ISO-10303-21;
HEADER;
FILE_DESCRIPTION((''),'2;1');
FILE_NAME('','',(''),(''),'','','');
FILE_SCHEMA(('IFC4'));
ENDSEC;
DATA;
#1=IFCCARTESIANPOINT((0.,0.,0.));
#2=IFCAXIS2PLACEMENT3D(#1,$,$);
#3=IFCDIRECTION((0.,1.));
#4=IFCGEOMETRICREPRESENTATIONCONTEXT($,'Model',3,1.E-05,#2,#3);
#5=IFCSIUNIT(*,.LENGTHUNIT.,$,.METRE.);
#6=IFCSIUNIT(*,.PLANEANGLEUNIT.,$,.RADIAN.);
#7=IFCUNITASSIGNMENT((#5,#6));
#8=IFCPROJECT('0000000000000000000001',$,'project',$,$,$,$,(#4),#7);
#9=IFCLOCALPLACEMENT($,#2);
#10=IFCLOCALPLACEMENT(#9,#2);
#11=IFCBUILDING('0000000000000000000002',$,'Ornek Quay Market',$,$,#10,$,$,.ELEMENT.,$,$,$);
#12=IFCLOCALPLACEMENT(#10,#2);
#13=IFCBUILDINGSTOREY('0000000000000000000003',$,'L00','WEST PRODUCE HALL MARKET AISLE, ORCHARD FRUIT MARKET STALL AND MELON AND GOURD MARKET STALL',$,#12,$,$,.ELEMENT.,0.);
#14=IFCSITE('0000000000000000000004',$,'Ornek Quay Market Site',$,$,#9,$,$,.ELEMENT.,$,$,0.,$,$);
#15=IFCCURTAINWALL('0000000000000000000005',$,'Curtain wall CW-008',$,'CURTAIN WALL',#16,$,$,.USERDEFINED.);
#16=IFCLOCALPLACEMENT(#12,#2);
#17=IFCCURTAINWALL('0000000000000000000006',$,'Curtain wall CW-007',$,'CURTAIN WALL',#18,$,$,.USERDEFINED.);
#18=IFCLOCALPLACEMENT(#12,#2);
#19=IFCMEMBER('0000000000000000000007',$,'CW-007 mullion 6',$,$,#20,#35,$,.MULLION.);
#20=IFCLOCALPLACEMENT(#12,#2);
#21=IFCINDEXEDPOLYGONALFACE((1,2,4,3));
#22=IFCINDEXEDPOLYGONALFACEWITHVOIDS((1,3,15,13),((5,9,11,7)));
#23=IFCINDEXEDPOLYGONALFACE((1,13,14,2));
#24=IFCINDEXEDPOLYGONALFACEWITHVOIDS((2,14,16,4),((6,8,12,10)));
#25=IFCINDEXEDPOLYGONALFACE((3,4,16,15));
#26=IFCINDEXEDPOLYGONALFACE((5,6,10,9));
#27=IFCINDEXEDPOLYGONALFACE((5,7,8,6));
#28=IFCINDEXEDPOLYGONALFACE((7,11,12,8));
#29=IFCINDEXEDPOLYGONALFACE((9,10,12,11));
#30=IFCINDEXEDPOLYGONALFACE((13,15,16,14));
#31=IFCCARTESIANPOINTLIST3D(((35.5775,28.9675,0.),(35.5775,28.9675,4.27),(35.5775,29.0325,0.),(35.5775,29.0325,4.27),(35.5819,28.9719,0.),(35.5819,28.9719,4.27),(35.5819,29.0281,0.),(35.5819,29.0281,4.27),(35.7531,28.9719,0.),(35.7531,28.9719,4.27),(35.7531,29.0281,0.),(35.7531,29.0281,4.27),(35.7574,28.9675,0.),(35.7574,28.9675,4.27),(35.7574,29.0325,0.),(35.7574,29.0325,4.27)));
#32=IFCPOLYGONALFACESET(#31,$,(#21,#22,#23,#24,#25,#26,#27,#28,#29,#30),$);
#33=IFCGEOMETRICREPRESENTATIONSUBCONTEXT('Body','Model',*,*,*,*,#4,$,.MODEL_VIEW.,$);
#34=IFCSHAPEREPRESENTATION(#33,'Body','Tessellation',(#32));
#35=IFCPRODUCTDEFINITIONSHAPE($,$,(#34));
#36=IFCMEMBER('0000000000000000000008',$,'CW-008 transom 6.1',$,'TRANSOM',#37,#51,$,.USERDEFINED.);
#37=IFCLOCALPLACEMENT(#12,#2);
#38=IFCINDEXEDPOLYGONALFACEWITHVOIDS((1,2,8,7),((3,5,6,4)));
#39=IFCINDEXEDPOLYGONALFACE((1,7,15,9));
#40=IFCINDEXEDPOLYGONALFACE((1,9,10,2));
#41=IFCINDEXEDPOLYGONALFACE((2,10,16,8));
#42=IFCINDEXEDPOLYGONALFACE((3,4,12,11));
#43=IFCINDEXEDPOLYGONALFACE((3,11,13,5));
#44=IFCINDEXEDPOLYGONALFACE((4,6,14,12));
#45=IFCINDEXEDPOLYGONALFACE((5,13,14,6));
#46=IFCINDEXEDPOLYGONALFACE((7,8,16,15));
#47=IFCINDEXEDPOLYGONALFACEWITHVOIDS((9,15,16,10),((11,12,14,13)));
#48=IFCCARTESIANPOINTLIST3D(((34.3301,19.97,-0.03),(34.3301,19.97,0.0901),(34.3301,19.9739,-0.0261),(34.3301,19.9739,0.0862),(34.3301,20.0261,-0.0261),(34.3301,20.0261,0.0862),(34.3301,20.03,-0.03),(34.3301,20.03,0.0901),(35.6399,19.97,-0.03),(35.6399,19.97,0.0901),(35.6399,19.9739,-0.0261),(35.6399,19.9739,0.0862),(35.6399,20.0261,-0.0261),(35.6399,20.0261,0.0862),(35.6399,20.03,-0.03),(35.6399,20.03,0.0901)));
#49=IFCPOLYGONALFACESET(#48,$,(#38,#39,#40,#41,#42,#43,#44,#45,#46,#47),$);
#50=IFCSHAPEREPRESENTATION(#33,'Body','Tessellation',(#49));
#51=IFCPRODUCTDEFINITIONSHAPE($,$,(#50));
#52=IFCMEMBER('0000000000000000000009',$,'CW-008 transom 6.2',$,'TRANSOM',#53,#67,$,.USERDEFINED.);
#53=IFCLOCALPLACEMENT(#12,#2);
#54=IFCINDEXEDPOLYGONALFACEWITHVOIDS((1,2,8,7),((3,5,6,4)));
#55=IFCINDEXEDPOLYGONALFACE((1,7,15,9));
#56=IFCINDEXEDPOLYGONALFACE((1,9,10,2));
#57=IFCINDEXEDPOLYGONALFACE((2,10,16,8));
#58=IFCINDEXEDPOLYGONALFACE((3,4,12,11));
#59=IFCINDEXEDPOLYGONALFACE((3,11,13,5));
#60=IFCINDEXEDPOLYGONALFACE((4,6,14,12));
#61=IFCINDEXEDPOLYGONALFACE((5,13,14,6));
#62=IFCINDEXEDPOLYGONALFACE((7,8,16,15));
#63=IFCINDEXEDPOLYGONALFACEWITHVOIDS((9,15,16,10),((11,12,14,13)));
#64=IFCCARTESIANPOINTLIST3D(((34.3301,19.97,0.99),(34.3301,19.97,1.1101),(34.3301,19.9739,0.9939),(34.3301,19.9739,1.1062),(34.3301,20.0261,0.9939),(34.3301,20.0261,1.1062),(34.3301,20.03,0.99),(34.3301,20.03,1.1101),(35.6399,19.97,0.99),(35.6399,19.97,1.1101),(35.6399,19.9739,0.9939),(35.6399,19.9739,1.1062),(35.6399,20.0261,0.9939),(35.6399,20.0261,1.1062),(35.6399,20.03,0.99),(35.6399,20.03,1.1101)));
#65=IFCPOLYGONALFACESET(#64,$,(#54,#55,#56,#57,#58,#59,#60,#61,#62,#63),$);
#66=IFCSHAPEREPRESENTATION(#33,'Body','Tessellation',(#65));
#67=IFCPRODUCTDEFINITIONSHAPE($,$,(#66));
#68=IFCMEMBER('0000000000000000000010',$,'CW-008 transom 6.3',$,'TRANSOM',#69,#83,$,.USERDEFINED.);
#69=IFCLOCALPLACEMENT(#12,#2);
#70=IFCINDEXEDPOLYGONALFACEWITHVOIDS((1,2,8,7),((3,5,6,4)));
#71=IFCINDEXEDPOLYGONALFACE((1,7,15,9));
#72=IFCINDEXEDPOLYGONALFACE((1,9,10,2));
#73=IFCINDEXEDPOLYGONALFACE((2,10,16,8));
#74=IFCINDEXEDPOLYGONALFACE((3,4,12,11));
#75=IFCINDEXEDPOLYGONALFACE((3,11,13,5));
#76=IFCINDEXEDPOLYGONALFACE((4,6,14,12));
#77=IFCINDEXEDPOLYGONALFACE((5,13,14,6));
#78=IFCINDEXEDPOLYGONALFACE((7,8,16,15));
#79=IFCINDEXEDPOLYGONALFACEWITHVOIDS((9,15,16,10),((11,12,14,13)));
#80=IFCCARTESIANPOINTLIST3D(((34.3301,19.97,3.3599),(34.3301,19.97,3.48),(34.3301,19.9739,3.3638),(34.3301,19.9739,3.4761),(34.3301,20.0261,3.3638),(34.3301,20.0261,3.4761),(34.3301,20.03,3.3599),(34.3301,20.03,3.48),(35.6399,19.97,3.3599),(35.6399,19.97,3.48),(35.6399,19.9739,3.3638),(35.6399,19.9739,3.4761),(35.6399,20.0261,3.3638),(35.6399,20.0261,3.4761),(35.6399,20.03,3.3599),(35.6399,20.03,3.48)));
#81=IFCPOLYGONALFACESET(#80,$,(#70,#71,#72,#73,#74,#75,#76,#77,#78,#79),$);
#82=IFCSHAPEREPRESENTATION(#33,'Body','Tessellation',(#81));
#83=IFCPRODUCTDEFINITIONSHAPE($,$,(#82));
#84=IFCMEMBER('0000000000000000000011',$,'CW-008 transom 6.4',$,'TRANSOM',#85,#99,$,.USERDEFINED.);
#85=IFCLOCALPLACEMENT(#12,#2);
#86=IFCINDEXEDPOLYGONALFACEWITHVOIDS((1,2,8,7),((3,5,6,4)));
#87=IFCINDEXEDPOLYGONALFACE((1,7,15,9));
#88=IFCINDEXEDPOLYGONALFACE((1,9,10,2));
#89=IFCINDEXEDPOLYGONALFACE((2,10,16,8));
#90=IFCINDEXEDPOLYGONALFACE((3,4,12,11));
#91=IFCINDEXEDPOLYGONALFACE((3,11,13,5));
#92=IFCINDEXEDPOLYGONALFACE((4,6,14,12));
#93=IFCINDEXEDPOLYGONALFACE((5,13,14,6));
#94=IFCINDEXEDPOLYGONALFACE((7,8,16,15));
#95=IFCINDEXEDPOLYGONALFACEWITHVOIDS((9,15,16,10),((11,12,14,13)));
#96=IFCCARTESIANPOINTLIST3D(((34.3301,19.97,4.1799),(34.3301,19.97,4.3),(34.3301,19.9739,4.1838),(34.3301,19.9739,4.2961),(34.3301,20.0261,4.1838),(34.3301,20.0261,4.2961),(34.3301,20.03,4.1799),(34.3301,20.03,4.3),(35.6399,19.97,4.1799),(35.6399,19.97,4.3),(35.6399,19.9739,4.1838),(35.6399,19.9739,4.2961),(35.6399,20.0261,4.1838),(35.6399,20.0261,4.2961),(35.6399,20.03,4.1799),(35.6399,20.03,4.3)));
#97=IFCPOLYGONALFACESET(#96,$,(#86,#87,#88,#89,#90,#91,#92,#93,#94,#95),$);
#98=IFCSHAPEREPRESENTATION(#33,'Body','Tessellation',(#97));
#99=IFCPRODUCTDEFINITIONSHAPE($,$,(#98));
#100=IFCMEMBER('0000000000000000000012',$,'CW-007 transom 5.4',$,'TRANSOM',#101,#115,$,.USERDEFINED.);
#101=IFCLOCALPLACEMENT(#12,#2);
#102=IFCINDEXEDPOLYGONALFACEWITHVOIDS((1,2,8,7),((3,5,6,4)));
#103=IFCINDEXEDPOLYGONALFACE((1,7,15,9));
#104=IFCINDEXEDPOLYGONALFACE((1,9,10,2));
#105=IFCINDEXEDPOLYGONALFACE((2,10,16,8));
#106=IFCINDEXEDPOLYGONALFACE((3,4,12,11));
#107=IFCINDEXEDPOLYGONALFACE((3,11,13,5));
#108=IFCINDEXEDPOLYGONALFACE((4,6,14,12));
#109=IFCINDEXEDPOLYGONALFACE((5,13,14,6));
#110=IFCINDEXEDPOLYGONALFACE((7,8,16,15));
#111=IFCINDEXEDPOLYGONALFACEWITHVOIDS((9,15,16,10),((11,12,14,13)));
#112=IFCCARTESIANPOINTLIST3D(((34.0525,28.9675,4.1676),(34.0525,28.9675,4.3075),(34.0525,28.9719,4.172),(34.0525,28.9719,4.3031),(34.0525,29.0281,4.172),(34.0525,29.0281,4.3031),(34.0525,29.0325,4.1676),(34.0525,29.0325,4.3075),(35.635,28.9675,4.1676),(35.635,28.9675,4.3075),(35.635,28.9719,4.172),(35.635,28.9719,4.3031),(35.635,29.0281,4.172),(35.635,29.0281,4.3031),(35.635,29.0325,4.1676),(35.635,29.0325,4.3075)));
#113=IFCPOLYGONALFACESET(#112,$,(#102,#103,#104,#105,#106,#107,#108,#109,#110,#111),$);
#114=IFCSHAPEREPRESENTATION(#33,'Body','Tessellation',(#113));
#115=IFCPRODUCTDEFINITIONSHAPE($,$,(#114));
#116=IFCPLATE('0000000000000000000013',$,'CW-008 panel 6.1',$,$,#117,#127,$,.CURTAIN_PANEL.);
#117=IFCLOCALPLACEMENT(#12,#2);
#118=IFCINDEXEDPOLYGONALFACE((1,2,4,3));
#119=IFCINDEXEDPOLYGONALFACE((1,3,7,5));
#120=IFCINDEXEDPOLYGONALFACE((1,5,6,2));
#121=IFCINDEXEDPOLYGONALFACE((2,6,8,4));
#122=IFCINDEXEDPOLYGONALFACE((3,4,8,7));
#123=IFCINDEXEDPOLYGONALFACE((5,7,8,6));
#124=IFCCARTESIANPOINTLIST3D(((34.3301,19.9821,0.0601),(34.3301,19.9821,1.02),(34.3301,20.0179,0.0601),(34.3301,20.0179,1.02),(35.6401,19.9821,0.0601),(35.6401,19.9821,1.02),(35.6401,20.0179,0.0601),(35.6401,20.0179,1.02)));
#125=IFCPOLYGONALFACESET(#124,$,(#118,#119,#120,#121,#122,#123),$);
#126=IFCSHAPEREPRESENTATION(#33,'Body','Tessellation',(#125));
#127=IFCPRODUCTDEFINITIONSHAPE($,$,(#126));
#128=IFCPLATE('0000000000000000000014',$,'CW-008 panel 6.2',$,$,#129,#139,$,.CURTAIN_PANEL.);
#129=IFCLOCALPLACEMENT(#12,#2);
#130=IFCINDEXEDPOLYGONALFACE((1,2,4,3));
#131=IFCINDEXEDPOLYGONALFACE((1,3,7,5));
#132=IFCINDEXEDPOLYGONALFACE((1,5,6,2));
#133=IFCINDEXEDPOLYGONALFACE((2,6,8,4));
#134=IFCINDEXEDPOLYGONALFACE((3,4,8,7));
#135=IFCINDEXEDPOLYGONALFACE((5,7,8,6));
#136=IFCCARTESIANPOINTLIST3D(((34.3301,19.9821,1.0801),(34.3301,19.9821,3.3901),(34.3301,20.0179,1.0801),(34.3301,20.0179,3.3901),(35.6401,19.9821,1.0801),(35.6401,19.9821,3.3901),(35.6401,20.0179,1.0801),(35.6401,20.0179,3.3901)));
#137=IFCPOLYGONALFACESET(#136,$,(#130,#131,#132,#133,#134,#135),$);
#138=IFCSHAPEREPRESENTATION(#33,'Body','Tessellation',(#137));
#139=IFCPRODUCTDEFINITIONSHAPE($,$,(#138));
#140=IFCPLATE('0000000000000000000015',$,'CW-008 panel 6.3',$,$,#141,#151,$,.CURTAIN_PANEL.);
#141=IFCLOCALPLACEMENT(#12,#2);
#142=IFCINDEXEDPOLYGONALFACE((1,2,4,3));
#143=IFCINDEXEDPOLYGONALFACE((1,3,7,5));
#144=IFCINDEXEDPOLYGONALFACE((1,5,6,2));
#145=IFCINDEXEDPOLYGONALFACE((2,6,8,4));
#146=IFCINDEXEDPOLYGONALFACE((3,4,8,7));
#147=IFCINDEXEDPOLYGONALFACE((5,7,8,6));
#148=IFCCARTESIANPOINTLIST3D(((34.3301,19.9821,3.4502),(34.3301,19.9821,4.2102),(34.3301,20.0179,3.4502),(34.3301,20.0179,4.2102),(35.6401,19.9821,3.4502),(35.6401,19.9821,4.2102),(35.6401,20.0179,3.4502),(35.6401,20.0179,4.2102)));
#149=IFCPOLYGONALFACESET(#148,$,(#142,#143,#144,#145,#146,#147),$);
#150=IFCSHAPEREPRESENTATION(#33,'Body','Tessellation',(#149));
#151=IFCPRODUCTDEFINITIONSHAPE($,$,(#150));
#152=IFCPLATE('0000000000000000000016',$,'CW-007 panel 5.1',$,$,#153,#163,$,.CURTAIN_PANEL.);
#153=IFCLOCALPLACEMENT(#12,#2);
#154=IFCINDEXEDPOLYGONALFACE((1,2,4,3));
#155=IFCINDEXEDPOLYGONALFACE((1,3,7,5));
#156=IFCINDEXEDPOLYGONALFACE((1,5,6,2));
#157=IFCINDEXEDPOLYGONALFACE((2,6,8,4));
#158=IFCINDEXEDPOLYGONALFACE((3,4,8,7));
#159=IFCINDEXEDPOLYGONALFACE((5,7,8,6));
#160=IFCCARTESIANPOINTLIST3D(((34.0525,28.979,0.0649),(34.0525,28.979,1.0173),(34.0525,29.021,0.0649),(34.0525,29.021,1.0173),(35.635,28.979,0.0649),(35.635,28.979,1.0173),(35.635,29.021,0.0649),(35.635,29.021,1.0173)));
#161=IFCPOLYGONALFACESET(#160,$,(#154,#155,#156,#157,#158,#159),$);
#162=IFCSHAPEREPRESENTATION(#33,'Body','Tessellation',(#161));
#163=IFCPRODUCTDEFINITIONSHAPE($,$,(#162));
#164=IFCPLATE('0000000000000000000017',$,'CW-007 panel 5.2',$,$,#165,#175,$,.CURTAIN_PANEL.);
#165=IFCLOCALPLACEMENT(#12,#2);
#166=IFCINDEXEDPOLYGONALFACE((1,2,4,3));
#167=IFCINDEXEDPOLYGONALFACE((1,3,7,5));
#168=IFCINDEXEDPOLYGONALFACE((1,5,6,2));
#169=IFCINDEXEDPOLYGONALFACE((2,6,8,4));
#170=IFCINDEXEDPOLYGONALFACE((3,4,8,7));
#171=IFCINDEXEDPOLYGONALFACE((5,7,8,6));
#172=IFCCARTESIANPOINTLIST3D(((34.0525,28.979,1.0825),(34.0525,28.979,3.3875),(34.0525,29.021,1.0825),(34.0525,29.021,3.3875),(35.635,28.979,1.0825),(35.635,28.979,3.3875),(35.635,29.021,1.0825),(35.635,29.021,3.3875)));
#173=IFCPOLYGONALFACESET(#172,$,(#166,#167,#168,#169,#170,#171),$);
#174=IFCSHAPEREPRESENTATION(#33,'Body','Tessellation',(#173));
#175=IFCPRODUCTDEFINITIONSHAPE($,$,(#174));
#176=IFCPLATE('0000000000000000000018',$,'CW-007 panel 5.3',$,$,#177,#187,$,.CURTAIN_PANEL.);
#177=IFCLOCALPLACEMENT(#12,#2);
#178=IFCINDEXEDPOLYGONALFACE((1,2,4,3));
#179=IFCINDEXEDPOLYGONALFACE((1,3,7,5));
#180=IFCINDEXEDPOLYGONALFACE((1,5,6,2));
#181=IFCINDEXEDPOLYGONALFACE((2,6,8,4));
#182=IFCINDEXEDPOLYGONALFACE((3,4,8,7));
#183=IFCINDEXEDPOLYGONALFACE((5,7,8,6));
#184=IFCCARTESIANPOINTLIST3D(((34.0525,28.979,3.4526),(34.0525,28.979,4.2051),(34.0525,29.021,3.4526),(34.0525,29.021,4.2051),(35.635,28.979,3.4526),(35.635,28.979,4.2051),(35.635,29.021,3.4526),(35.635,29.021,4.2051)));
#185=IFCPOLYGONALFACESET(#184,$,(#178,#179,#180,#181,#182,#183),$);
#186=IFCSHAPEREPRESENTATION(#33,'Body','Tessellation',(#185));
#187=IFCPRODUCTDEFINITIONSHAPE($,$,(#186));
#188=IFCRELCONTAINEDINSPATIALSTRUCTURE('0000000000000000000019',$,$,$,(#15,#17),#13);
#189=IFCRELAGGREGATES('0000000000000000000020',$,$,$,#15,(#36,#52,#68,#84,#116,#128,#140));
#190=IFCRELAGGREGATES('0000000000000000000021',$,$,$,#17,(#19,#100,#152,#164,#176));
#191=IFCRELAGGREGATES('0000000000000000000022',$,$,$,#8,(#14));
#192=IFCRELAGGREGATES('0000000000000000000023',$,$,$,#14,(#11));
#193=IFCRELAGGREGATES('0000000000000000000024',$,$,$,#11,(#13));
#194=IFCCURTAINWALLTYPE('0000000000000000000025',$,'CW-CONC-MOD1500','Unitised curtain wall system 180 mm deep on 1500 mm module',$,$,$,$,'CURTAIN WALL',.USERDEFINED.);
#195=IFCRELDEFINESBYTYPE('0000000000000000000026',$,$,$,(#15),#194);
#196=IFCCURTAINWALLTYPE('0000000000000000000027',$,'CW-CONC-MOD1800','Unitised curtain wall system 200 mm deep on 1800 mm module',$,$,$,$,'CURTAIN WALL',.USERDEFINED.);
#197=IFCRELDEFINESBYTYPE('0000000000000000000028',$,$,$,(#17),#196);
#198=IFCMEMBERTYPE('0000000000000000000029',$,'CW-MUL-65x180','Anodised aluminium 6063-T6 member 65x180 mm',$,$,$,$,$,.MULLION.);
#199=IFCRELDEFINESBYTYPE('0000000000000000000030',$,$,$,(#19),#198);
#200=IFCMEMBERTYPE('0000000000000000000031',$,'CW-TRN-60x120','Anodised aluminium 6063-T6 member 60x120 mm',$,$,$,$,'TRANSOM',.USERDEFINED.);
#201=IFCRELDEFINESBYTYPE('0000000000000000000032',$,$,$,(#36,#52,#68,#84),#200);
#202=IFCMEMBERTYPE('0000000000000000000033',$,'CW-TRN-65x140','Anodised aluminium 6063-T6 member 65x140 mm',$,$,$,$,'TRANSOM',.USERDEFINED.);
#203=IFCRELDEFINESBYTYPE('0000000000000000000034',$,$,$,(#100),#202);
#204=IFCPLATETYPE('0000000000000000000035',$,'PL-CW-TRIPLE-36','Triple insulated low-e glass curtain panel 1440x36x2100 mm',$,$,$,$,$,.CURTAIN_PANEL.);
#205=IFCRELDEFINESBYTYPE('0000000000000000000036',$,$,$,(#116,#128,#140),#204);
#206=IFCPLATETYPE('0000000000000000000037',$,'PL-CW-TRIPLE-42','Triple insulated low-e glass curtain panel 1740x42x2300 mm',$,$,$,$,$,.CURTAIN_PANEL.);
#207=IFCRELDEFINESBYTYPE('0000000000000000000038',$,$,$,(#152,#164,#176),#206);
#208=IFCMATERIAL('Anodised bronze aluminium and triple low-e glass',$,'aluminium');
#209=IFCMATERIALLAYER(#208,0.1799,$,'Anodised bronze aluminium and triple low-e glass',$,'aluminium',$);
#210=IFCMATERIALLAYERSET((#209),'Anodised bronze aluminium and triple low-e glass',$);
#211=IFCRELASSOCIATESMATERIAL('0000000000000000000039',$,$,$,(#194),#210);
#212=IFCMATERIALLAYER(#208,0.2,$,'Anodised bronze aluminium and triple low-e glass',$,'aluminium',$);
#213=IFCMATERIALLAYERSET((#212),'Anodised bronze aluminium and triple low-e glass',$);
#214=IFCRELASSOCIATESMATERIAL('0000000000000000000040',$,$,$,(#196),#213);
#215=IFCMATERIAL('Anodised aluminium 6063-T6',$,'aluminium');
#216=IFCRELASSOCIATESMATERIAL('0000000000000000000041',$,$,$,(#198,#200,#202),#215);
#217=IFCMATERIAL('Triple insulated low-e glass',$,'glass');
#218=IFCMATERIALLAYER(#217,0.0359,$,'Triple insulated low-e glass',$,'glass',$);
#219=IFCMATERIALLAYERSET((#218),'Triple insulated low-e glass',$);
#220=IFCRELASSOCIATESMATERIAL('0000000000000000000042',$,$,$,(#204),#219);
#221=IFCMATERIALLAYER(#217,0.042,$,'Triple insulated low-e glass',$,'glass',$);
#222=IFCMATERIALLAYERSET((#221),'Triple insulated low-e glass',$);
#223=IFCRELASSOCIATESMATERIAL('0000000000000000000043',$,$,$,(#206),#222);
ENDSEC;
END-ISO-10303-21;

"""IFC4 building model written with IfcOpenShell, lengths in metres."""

from ifc_helpers import new_model, si_unit, direction, frame, origin, origin_2d, place, context, subcontext, project, spatial, rectangle, hollow_rectangle, extrude, material, layer, layer_set, material_profile, profile_set, type_object, element, aggregate, save


model = new_model("IFC4")

# Units and contexts
model_context = context("Model", 3, precision=1e-05, world=origin(), true_north=direction((0.0, 1.0)))
body_context = subcontext(model_context, "Body", "Model", "MODEL_VIEW")
ifc_project = project(units=[si_unit("LENGTHUNIT", "METRE"), si_unit("PLANEANGLEUNIT", "RADIAN")], contexts=[model_context])

# Site, building, storey
site_placement = place(None, origin())
site = spatial("IfcSite", under=ifc_project, at=site_placement, Name="Ornek Quay Market Site", CompositionType="ELEMENT", RefElevation=0.0)
building_placement = place(site_placement, origin())
building = spatial("IfcBuilding", under=site, at=building_placement, Name="Ornek Quay Market", CompositionType="ELEMENT")
storey_placement = place(building_placement, origin())
storey = spatial("IfcBuildingStorey", under=building, at=storey_placement, Name="L00", Description="WEST PRODUCE HALL MARKET AISLE, ORCHARD FRUIT MARKET STALL AND MELON AND GOURD MARKET STALL", CompositionType="ELEMENT", Elevation=0.0)

# Curtain wall
ifc_material_1 = material(Name="Anodised bronze aluminium and triple low-e glass", Category="aluminium")
ifc_layer_1 = layer(ifc_material_1, 0.1799, Name="Anodised bronze aluminium and triple low-e glass", Category="aluminium")
ifc_layer_set_1 = layer_set([ifc_layer_1], Name="Anodised bronze aluminium and triple low-e glass")
curtain_wall_type_1 = type_object("IfcCurtainWallType", Name="CW-CONC-MOD1500", Description="Unitised curtain wall system 180 mm deep on 1500 mm module", ElementType="CURTAIN WALL", PredefinedType="USERDEFINED", material=ifc_layer_set_1)
curtain_wall_1_placement = place(storey_placement, origin())
curtain_wall_1 = element("IfcCurtainWall", 1, at=curtain_wall_1_placement, inside=storey, type_object=curtain_wall_type_1, Name="Curtain wall CW-008", ObjectType="CURTAIN WALL", PredefinedType="USERDEFINED")
ifc_material_2 = material(Name="Anodised aluminium 6063-T6", Category="aluminium")

# Curtain wall, member
ifc_layer_2 = layer(ifc_material_1, 0.2, Name="Anodised bronze aluminium and triple low-e glass", Category="aluminium")
ifc_layer_set_2 = layer_set([ifc_layer_2], Name="Anodised bronze aluminium and triple low-e glass")
curtain_wall_type_2 = type_object("IfcCurtainWallType", Name="CW-CONC-MOD1800", Description="Unitised curtain wall system 200 mm deep on 1800 mm module", ElementType="CURTAIN WALL", PredefinedType="USERDEFINED", material=ifc_layer_set_2)
curtain_wall_2_placement = place(storey_placement, origin())
curtain_wall_2 = element("IfcCurtainWall", 2, at=curtain_wall_2_placement, inside=storey, type_object=curtain_wall_type_2, Name="Curtain wall CW-007", ObjectType="CURTAIN WALL", PredefinedType="USERDEFINED")
ifc_material_profile_1 = material_profile(ifc_material_2, hollow_rectangle(XDim=0.0649, YDim=0.1799, WallThickness=0.0044, at=origin_2d()), Name="CW-MUL-65x180", Category="aluminium")
ifc_profile_set_1 = profile_set([ifc_material_profile_1], Name="Anodised aluminium 6063-T6")
member_type_1 = type_object("IfcMemberType", Name="CW-MUL-65x180", Description="Anodised aluminium 6063-T6 member 65x180 mm", PredefinedType="MULLION", material=ifc_profile_set_1)
member_1_placement = place(storey_placement, frame((35.6675, 29.0, 0.0), z_axis=(0.0, 0.0, 1.0), x_axis=(0.0, 1.0, 0.0)))
member_1 = element("IfcMember", 3, at=member_1_placement, type_object=member_type_1, Name="CW-007 mullion 6", PredefinedType="MULLION", context=body_context, shape_type="SweptSolid", body=[
    extrude(hollow_rectangle(XDim=0.0649, YDim=0.1799, WallThickness=0.0044, at=origin_2d()), origin(), (0.0, 0.0, 1.0), 4.27),
])

# Members
ifc_material_profile_2 = material_profile(ifc_material_2, hollow_rectangle(XDim=0.0601, YDim=0.1201, WallThickness=0.0039, at=origin_2d()), Name="CW-TRN-60x120", Category="aluminium")
ifc_profile_set_2 = profile_set([ifc_material_profile_2], Name="Anodised aluminium 6063-T6")
member_type_2 = type_object("IfcMemberType", Name="CW-TRN-60x120", Description="Anodised aluminium 6063-T6 member 60x120 mm", ElementType="TRANSOM", PredefinedType="USERDEFINED", material=ifc_profile_set_2)
member_2_placement = place(storey_placement, frame((34.3301, 20.0, 0.03), z_axis=(1.0, 0.0, 0.0), x_axis=(0.0, 1.0, 0.0)))
member_2 = element("IfcMember", 4, at=member_2_placement, type_object=member_type_2, Name="CW-008 transom 6.1", ObjectType="TRANSOM", PredefinedType="USERDEFINED", context=body_context, shape_type="SweptSolid", body=[
    extrude(hollow_rectangle(XDim=0.0601, YDim=0.1201, WallThickness=0.0039, at=origin_2d()), origin(), (0.0, 0.0, 1.0), 1.3098),
])
member_3_placement = place(storey_placement, frame((34.3301, 20.0, 1.05), z_axis=(1.0, 0.0, 0.0), x_axis=(0.0, 1.0, 0.0)))
member_3 = element("IfcMember", 5, at=member_3_placement, type_object=member_type_2, Name="CW-008 transom 6.2", ObjectType="TRANSOM", PredefinedType="USERDEFINED", context=body_context, shape_type="SweptSolid", body=[
    extrude(hollow_rectangle(XDim=0.0601, YDim=0.1201, WallThickness=0.0039, at=origin_2d()), origin(), (0.0, 0.0, 1.0), 1.3098),
])
member_4_placement = place(storey_placement, frame((34.3301, 20.0, 3.4199), z_axis=(1.0, 0.0, 0.0), x_axis=(0.0, 1.0, 0.0)))
member_4 = element("IfcMember", 6, at=member_4_placement, type_object=member_type_2, Name="CW-008 transom 6.3", ObjectType="TRANSOM", PredefinedType="USERDEFINED", context=body_context, shape_type="SweptSolid", body=[
    extrude(hollow_rectangle(XDim=0.0601, YDim=0.1201, WallThickness=0.0039, at=origin_2d()), origin(), (0.0, 0.0, 1.0), 1.3098),
])
member_5_placement = place(storey_placement, frame((34.3301, 20.0, 4.24), z_axis=(1.0, 0.0, 0.0), x_axis=(0.0, 1.0, 0.0)))
member_5 = element("IfcMember", 7, at=member_5_placement, type_object=member_type_2, Name="CW-008 transom 6.4", ObjectType="TRANSOM", PredefinedType="USERDEFINED", context=body_context, shape_type="SweptSolid", body=[
    extrude(hollow_rectangle(XDim=0.0601, YDim=0.1201, WallThickness=0.0039, at=origin_2d()), origin(), (0.0, 0.0, 1.0), 1.3098),
])
ifc_material_profile_3 = material_profile(ifc_material_2, hollow_rectangle(XDim=0.0649, YDim=0.1399, WallThickness=0.0044, at=origin_2d()), Name="CW-TRN-65x140", Category="aluminium")
ifc_profile_set_3 = profile_set([ifc_material_profile_3], Name="Anodised aluminium 6063-T6")
member_type_3 = type_object("IfcMemberType", Name="CW-TRN-65x140", Description="Anodised aluminium 6063-T6 member 65x140 mm", ElementType="TRANSOM", PredefinedType="USERDEFINED", material=ifc_profile_set_3)
member_6_placement = place(storey_placement, frame((34.0525, 29.0, 4.2375), z_axis=(1.0, 0.0, 0.0), x_axis=(0.0, 1.0, 0.0)))
member_6 = element("IfcMember", 8, at=member_6_placement, type_object=member_type_3, Name="CW-007 transom 5.4", ObjectType="TRANSOM", PredefinedType="USERDEFINED", context=body_context, shape_type="SweptSolid", body=[
    extrude(hollow_rectangle(XDim=0.0649, YDim=0.1399, WallThickness=0.0044, at=origin_2d()), origin(), (0.0, 0.0, 1.0), 1.5825),
])

# Plates
ifc_material_3 = material(Name="Triple insulated low-e glass", Category="glass")
ifc_layer_3 = layer(ifc_material_3, 0.0359, Name="Triple insulated low-e glass", Category="glass")
ifc_layer_set_3 = layer_set([ifc_layer_3], Name="Triple insulated low-e glass")
plate_type_1 = type_object("IfcPlateType", Name="PL-CW-TRIPLE-36", Description="Triple insulated low-e glass curtain panel 1440x36x2100 mm", PredefinedType="CURTAIN_PANEL", material=ifc_layer_set_3)
plate_1_placement = place(storey_placement, frame((34.9851, 20.0, 0.0601), z_axis=(0.0, 0.0, 1.0), x_axis=(1.0, 0.0, 0.0)))
plate_1 = element("IfcPlate", 9, at=plate_1_placement, type_object=plate_type_1, Name="CW-008 panel 6.1", PredefinedType="CURTAIN_PANEL", context=body_context, shape_type="SweptSolid", body=[
    extrude(rectangle(XDim=1.3101, YDim=0.0359, at=origin_2d()), origin(), (0.0, 0.0, 1.0), 0.96),
])
plate_2_placement = place(storey_placement, frame((34.9851, 20.0, 1.0801), z_axis=(0.0, 0.0, 1.0), x_axis=(1.0, 0.0, 0.0)))
plate_2 = element("IfcPlate", 10, at=plate_2_placement, type_object=plate_type_1, Name="CW-008 panel 6.2", PredefinedType="CURTAIN_PANEL", context=body_context, shape_type="SweptSolid", body=[
    extrude(rectangle(XDim=1.3101, YDim=0.0359, at=origin_2d()), origin(), (0.0, 0.0, 1.0), 2.3101),
])
plate_3_placement = place(storey_placement, frame((34.9851, 20.0, 3.4502), z_axis=(0.0, 0.0, 1.0), x_axis=(1.0, 0.0, 0.0)))
plate_3 = element("IfcPlate", 11, at=plate_3_placement, type_object=plate_type_1, Name="CW-008 panel 6.3", PredefinedType="CURTAIN_PANEL", context=body_context, shape_type="SweptSolid", body=[
    extrude(rectangle(XDim=1.3101, YDim=0.0359, at=origin_2d()), origin(), (0.0, 0.0, 1.0), 0.76),
])
aggregate(curtain_wall_1, [member_2, member_3, member_4, member_5, plate_1, plate_2, plate_3])
ifc_layer_4 = layer(ifc_material_3, 0.042, Name="Triple insulated low-e glass", Category="glass")
ifc_layer_set_4 = layer_set([ifc_layer_4], Name="Triple insulated low-e glass")
plate_type_2 = type_object("IfcPlateType", Name="PL-CW-TRIPLE-42", Description="Triple insulated low-e glass curtain panel 1740x42x2300 mm", PredefinedType="CURTAIN_PANEL", material=ifc_layer_set_4)
plate_4_placement = place(storey_placement, frame((34.8438, 29.0, 0.0649), z_axis=(0.0, 0.0, 1.0), x_axis=(1.0, 0.0, 0.0)))
plate_4 = element("IfcPlate", 12, at=plate_4_placement, type_object=plate_type_2, Name="CW-007 panel 5.1", PredefinedType="CURTAIN_PANEL", context=body_context, shape_type="SweptSolid", body=[
    extrude(rectangle(XDim=1.5825, YDim=0.042, at=origin_2d()), origin(), (0.0, 0.0, 1.0), 0.9524),
])
plate_5_placement = place(storey_placement, frame((34.8438, 29.0, 1.0825), z_axis=(0.0, 0.0, 1.0), x_axis=(1.0, 0.0, 0.0)))
plate_5 = element("IfcPlate", 13, at=plate_5_placement, type_object=plate_type_2, Name="CW-007 panel 5.2", PredefinedType="CURTAIN_PANEL", context=body_context, shape_type="SweptSolid", body=[
    extrude(rectangle(XDim=1.5825, YDim=0.042, at=origin_2d()), origin(), (0.0, 0.0, 1.0), 2.3049),
])
plate_6_placement = place(storey_placement, frame((34.8438, 29.0, 3.4526), z_axis=(0.0, 0.0, 1.0), x_axis=(1.0, 0.0, 0.0)))
plate_6 = element("IfcPlate", 14, at=plate_6_placement, type_object=plate_type_2, Name="CW-007 panel 5.3", PredefinedType="CURTAIN_PANEL", context=body_context, shape_type="SweptSolid", body=[
    extrude(rectangle(XDim=1.5825, YDim=0.042, at=origin_2d()), origin(), (0.0, 0.0, 1.0), 0.7524),
])
aggregate(curtain_wall_2, [member_1, member_6, plate_4, plate_5, plate_6])

save(model, "model.ifc")
